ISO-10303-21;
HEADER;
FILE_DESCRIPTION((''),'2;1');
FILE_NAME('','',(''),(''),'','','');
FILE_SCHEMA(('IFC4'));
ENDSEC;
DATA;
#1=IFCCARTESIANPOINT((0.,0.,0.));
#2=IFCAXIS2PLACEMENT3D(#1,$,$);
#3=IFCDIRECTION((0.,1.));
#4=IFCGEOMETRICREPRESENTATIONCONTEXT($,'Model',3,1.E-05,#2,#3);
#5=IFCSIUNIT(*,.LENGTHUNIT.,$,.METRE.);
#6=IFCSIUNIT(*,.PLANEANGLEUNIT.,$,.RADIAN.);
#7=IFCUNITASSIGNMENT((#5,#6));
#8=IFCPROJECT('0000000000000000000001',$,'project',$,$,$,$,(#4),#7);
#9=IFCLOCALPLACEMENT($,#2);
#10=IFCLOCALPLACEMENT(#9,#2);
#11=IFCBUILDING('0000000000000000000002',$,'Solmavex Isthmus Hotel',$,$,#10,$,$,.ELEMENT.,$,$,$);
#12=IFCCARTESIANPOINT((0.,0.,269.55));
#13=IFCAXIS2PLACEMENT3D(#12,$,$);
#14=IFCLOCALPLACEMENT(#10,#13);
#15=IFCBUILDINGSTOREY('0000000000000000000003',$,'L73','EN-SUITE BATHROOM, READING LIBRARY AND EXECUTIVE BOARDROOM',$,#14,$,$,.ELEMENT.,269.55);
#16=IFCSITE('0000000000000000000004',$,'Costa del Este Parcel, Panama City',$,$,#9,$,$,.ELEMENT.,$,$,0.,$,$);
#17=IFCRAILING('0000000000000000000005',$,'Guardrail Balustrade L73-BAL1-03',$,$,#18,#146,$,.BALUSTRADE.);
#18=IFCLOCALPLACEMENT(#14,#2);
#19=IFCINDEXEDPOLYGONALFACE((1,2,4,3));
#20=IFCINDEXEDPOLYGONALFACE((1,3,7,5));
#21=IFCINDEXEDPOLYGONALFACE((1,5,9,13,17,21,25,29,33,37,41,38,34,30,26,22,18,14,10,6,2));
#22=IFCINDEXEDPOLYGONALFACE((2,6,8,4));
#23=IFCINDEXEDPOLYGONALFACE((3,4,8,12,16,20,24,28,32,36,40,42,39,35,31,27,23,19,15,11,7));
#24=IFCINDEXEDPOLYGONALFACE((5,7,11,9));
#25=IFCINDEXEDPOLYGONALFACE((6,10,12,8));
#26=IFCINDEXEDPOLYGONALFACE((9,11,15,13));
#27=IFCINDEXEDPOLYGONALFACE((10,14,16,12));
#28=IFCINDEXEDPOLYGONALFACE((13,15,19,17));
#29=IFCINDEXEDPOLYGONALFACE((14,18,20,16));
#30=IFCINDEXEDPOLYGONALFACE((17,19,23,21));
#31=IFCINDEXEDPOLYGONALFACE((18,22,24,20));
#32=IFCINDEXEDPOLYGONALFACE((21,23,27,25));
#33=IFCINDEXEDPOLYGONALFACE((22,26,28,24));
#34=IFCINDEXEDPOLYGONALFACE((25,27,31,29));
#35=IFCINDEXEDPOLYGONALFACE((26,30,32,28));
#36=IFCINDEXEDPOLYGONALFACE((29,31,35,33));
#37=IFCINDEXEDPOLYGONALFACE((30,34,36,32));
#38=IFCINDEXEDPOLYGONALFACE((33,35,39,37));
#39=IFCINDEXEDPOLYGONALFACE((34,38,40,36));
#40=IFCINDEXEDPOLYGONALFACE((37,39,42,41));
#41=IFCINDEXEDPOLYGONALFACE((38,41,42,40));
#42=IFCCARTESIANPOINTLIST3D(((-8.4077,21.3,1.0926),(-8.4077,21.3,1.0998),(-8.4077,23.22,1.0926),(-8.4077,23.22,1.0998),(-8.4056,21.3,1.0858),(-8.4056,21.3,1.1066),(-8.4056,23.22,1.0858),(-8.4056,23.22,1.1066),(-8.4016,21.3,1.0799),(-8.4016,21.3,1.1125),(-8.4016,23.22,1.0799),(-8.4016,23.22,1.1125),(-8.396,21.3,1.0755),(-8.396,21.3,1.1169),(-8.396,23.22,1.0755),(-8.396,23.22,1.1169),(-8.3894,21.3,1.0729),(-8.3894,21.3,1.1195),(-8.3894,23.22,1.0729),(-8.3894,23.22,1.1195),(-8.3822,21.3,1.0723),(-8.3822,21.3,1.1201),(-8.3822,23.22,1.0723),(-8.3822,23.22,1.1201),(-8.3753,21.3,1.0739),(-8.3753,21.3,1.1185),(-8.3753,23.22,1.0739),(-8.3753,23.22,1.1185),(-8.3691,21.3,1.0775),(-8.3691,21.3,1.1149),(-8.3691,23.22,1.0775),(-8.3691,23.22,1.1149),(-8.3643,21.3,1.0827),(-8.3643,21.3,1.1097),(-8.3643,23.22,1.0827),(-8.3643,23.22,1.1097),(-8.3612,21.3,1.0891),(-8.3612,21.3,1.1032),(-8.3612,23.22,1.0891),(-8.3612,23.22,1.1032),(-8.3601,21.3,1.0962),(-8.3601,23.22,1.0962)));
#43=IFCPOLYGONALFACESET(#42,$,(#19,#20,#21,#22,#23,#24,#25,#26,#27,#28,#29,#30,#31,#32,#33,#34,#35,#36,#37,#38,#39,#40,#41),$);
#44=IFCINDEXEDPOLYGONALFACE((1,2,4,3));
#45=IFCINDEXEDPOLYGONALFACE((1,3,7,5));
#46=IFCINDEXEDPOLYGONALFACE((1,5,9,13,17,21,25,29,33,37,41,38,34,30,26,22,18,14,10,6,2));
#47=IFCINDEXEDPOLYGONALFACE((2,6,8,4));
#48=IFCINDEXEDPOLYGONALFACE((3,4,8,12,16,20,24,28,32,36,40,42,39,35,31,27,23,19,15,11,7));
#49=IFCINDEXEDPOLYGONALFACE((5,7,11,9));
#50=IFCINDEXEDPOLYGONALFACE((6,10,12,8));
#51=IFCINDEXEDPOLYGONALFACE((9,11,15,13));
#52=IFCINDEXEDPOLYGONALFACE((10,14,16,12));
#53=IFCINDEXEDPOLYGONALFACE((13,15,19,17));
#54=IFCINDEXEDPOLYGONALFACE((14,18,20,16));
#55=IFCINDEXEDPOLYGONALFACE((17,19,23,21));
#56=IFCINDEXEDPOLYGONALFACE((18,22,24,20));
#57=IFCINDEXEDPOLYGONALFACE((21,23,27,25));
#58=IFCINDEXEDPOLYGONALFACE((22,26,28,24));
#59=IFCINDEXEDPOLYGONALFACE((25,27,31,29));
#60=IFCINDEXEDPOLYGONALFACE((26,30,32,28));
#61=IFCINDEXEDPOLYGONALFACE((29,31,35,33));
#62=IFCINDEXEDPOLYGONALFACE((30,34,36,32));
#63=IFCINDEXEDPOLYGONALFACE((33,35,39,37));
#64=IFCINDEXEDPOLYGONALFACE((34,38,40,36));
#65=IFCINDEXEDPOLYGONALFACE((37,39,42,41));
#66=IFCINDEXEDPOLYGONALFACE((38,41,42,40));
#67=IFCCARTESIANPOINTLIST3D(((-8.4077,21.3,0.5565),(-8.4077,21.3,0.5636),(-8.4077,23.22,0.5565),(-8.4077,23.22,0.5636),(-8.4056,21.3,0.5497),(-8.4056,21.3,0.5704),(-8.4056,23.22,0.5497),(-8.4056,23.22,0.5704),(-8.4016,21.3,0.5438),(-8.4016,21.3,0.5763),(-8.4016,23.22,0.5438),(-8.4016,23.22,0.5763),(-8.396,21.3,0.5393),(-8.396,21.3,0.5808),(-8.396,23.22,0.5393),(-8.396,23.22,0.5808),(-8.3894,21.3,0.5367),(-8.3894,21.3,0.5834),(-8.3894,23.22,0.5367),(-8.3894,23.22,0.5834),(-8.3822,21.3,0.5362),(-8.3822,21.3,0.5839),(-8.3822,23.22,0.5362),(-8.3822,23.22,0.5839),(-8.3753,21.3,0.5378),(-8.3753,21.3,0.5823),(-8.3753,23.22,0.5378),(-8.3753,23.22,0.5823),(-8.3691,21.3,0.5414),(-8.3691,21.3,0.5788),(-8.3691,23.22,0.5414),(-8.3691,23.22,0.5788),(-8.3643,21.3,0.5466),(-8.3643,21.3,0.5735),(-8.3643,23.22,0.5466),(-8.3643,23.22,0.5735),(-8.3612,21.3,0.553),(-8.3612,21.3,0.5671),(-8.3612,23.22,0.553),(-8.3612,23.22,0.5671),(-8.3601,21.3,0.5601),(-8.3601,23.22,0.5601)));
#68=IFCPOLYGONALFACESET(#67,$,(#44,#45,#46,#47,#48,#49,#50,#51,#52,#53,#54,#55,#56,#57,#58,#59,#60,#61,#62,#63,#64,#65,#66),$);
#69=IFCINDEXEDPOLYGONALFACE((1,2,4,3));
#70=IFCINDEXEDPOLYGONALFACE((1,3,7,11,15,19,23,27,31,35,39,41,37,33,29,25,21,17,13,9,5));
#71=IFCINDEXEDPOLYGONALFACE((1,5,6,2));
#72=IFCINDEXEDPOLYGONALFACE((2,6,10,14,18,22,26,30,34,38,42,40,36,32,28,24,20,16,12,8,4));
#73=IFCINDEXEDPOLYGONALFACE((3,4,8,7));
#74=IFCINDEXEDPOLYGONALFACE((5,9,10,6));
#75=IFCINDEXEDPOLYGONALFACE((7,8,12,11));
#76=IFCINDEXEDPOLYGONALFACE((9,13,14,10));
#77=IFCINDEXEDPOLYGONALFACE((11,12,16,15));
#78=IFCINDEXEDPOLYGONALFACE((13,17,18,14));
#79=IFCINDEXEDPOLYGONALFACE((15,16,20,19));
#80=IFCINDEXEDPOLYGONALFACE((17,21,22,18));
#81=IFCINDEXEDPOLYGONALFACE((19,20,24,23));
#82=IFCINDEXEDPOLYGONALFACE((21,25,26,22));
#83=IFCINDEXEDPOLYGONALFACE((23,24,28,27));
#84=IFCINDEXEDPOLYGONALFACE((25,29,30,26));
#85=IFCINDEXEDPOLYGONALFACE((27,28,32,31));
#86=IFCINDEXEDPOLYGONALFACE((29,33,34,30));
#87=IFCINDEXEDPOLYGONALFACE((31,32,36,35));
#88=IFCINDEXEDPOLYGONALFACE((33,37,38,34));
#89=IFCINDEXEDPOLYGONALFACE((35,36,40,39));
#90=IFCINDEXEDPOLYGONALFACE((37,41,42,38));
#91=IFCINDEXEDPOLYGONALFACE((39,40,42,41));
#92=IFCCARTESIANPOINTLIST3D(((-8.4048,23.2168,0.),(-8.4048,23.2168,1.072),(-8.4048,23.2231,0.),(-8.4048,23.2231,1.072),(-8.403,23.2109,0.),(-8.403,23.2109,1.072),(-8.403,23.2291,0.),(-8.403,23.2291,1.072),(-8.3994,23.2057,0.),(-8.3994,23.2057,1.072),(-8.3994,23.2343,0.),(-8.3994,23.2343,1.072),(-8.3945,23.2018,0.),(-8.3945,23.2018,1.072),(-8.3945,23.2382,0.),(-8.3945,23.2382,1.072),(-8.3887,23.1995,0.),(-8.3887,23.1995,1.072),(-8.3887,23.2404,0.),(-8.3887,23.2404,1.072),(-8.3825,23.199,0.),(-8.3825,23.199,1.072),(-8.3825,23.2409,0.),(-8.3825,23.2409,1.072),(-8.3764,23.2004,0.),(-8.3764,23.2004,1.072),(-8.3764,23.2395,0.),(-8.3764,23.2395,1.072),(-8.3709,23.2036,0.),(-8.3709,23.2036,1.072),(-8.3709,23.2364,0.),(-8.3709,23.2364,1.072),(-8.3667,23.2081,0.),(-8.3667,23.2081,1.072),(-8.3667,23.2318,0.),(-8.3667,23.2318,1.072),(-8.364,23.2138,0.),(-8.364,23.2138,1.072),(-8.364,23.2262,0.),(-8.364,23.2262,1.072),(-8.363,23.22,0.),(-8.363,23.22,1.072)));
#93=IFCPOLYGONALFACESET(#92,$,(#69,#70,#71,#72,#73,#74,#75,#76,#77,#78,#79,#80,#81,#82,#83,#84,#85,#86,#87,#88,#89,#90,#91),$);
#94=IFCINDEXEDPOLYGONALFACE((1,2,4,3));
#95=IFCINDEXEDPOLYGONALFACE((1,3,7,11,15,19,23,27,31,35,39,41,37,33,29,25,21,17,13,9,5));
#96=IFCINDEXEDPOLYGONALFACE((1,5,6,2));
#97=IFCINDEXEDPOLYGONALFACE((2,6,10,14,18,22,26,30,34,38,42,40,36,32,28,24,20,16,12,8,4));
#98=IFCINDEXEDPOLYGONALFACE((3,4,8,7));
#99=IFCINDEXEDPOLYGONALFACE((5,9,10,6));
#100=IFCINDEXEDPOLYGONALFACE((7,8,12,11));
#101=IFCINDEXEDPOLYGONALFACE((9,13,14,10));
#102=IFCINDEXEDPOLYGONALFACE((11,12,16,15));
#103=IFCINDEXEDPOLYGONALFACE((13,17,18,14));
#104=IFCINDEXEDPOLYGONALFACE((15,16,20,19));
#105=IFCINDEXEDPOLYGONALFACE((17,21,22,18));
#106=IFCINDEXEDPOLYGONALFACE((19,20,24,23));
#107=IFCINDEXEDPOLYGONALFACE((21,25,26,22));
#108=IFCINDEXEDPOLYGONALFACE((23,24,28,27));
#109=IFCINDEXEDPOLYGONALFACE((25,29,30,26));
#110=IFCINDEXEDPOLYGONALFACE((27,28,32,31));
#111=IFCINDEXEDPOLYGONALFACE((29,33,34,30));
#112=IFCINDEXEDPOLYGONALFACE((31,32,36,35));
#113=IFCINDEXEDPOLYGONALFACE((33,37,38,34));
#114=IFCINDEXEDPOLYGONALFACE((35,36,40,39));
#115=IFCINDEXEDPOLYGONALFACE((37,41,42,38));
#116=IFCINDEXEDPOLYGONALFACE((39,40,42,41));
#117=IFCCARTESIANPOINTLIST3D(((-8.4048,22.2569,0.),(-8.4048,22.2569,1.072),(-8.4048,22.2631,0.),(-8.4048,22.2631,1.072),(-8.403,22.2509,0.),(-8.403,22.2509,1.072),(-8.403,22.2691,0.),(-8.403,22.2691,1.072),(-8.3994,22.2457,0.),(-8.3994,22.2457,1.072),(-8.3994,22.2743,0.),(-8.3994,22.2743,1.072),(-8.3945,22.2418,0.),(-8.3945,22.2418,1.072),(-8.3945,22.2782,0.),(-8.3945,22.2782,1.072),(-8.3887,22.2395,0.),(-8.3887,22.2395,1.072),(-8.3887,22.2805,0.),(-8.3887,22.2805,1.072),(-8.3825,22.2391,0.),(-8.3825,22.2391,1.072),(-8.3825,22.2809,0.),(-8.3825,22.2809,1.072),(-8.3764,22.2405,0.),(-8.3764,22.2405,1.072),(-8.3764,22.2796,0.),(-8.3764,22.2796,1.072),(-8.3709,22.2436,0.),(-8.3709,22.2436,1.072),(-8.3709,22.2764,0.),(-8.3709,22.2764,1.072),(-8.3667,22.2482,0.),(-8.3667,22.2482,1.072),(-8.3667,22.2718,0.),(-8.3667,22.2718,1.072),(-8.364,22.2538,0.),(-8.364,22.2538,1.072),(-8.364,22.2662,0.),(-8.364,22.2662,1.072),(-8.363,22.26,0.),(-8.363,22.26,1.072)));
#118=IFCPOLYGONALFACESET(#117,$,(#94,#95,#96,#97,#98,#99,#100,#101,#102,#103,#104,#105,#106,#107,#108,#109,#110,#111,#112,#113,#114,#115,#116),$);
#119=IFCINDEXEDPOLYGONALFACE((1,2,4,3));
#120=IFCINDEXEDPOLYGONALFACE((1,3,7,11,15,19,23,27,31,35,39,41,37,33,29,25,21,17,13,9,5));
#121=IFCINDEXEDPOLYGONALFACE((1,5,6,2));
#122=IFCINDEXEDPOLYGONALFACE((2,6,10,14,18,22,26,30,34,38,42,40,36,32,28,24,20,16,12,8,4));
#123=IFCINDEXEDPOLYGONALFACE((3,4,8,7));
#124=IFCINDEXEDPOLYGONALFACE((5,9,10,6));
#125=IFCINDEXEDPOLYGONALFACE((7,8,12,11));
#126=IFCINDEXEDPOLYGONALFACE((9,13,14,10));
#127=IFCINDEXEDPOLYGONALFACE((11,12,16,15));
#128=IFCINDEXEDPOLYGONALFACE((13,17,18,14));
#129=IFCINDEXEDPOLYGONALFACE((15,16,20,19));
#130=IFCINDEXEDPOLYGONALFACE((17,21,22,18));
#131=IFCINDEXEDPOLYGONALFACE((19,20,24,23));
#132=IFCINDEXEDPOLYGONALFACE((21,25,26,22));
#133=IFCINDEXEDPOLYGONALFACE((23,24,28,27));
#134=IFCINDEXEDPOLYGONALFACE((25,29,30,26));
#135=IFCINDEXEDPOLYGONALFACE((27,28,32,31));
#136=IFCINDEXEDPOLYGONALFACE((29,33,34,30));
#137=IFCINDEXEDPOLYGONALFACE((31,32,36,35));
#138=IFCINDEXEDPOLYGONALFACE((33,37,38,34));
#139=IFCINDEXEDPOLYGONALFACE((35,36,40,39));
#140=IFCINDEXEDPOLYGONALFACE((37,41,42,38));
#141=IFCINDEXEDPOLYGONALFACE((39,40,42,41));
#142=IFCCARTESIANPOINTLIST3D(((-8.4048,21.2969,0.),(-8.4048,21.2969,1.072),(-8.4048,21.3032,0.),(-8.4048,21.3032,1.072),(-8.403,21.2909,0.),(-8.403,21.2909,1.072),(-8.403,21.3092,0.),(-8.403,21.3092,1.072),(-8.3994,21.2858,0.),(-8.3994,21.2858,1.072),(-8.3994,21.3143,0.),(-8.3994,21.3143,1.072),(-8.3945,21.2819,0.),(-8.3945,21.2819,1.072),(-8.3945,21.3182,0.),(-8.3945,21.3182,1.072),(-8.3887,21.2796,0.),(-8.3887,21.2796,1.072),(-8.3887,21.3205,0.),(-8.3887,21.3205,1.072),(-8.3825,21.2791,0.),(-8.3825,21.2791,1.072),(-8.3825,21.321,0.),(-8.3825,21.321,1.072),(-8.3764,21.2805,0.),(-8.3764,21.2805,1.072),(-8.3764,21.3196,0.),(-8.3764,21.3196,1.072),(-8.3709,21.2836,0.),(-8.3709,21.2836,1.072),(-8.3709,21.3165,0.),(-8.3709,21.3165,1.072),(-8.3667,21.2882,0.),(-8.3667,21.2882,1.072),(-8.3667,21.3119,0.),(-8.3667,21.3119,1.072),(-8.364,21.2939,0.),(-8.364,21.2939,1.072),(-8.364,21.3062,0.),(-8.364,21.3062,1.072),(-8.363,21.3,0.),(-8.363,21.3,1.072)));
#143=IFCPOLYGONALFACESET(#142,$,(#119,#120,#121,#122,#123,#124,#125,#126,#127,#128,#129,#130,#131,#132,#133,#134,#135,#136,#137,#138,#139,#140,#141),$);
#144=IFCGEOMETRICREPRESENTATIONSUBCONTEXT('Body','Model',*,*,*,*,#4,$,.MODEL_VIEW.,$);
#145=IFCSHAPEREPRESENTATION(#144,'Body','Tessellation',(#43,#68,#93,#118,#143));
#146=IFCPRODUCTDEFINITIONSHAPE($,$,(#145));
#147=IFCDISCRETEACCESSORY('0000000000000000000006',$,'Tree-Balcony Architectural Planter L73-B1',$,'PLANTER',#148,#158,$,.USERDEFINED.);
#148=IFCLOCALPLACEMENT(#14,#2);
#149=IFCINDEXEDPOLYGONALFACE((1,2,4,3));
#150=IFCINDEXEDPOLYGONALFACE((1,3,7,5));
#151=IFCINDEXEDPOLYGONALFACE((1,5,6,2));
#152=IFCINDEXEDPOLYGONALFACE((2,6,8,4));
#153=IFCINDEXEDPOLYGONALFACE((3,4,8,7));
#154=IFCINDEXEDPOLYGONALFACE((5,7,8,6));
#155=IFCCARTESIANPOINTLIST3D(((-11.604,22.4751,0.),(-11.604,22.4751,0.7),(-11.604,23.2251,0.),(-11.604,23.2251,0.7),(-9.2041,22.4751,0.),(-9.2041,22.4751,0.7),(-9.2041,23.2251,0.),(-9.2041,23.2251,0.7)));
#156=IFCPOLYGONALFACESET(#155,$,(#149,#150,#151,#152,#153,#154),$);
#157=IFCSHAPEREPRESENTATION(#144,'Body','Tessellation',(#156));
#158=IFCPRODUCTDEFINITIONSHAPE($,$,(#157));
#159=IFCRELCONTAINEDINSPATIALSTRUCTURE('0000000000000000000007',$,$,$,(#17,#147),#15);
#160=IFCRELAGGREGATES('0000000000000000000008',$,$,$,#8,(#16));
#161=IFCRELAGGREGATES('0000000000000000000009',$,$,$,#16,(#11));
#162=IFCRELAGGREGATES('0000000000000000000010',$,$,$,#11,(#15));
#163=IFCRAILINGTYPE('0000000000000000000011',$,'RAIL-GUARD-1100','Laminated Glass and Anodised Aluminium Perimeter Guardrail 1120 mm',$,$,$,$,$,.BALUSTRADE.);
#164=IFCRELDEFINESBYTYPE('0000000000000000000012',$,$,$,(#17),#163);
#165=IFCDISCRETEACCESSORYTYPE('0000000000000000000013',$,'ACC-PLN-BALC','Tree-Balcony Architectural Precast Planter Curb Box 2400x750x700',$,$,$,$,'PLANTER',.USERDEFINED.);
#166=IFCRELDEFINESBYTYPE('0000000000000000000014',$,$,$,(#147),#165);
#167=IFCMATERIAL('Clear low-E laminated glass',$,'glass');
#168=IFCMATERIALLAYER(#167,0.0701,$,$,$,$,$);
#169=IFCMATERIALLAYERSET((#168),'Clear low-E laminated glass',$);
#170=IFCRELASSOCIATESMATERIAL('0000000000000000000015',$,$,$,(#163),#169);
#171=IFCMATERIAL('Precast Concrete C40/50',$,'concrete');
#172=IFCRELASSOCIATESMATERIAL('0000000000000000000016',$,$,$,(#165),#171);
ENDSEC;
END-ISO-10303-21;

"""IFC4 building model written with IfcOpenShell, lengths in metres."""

from ifc_helpers import new_model, si_unit, direction, frame, origin, origin_2d, place, context, subcontext, project, spatial, rectangle, circle, extrude, material, layer, layer_set, type_object, element, save


model = new_model("IFC4")

# Units and contexts
model_context = context("Model", 3, precision=1e-05, world=origin(), true_north=direction((0.0, 1.0)))
body_context = subcontext(model_context, "Body", "Model", "MODEL_VIEW")
ifc_project = project(units=[si_unit("LENGTHUNIT", "METRE"), si_unit("PLANEANGLEUNIT", "RADIAN")], contexts=[model_context])

# Site, building, storey
site_placement = place(None, origin())
site = spatial("IfcSite", under=ifc_project, at=site_placement, Name="Costa del Este Parcel, Panama City", CompositionType="ELEMENT", RefElevation=0.0)
building_placement = place(site_placement, origin())
building = spatial("IfcBuilding", under=site, at=building_placement, Name="Solmavex Isthmus Hotel", CompositionType="ELEMENT")
storey_placement = place(building_placement, frame((0.0, 0.0, 269.55)))
storey = spatial("IfcBuildingStorey", under=building, at=storey_placement, Name="L73", Description="EN-SUITE BATHROOM, READING LIBRARY AND EXECUTIVE BOARDROOM", CompositionType="ELEMENT", Elevation=269.55)

# Shared definitions
ifc_material_1 = material(Name="Clear low-E laminated glass", Category="glass")

# Shared definitions
ifc_material_2 = material(Name="Precast Concrete C40/50", Category="concrete")

# Railing
ifc_layer_1 = layer(ifc_material_1, 0.0701)
ifc_layer_set_1 = layer_set([ifc_layer_1], Name="Clear low-E laminated glass")
railing_type_1 = type_object("IfcRailingType", Name="RAIL-GUARD-1100", Description="Laminated Glass and Anodised Aluminium Perimeter Guardrail 1120 mm", PredefinedType="BALUSTRADE", material=ifc_layer_set_1)
railing_1_placement = place(storey_placement, frame((-8.384, 23.22, 0.0)))
element("IfcRailing", 1, at=railing_1_placement, inside=storey, type_object=railing_type_1, Name="Guardrail Balustrade L73-BAL1-03", PredefinedType="BALUSTRADE", context=body_context, shape_type="SweptSolid", body=[
    extrude(circle(Radius=0.0239, at=origin_2d()), frame((0.0, 0.0, 1.0962), z_axis=(0.0, -1.0, 0.0), x_axis=(1.0, 0.0, 0.0)), (0.0, 0.0, 1.0), 1.9199),
    extrude(circle(Radius=0.0239, at=origin_2d()), frame((0.0, 0.0, 0.5601), z_axis=(0.0, -1.0, 0.0), x_axis=(1.0, 0.0, 0.0)), (0.0, 0.0, 1.0), 1.9199),
    extrude(circle(Radius=0.021, at=origin_2d()), origin(), (0.0, 0.0, 1.0), 1.072),
    extrude(circle(Radius=0.021, at=origin_2d()), frame((0.0, -0.96, 0.0)), (0.0, 0.0, 1.0), 1.072),
    extrude(circle(Radius=0.021, at=origin_2d()), frame((0.0, -1.9199, 0.0)), (0.0, 0.0, 1.0), 1.072),
])

# Discrete accessory
discrete_accessory_type = type_object("IfcDiscreteAccessoryType", Name="ACC-PLN-BALC", Description="Tree-Balcony Architectural Precast Planter Curb Box 2400x750x700", ElementType="PLANTER", PredefinedType="USERDEFINED", material=ifc_material_2)
discrete_accessory_placement = place(storey_placement, frame((-10.4041, 22.8501, 0.0), z_axis=(0.0, 0.0, 1.0), x_axis=(1.0, 0.0, 0.0)))
element("IfcDiscreteAccessory", 2, at=discrete_accessory_placement, inside=storey, type_object=discrete_accessory_type, Name="Tree-Balcony Architectural Planter L73-B1", ObjectType="PLANTER", PredefinedType="USERDEFINED", context=body_context, shape_type="SweptSolid", body=[
    extrude(rectangle(XDim=2.3999, YDim=0.75, at=origin_2d()), origin(), (0.0, 0.0, 1.0), 0.7),
])

save(model, "model.ifc")
